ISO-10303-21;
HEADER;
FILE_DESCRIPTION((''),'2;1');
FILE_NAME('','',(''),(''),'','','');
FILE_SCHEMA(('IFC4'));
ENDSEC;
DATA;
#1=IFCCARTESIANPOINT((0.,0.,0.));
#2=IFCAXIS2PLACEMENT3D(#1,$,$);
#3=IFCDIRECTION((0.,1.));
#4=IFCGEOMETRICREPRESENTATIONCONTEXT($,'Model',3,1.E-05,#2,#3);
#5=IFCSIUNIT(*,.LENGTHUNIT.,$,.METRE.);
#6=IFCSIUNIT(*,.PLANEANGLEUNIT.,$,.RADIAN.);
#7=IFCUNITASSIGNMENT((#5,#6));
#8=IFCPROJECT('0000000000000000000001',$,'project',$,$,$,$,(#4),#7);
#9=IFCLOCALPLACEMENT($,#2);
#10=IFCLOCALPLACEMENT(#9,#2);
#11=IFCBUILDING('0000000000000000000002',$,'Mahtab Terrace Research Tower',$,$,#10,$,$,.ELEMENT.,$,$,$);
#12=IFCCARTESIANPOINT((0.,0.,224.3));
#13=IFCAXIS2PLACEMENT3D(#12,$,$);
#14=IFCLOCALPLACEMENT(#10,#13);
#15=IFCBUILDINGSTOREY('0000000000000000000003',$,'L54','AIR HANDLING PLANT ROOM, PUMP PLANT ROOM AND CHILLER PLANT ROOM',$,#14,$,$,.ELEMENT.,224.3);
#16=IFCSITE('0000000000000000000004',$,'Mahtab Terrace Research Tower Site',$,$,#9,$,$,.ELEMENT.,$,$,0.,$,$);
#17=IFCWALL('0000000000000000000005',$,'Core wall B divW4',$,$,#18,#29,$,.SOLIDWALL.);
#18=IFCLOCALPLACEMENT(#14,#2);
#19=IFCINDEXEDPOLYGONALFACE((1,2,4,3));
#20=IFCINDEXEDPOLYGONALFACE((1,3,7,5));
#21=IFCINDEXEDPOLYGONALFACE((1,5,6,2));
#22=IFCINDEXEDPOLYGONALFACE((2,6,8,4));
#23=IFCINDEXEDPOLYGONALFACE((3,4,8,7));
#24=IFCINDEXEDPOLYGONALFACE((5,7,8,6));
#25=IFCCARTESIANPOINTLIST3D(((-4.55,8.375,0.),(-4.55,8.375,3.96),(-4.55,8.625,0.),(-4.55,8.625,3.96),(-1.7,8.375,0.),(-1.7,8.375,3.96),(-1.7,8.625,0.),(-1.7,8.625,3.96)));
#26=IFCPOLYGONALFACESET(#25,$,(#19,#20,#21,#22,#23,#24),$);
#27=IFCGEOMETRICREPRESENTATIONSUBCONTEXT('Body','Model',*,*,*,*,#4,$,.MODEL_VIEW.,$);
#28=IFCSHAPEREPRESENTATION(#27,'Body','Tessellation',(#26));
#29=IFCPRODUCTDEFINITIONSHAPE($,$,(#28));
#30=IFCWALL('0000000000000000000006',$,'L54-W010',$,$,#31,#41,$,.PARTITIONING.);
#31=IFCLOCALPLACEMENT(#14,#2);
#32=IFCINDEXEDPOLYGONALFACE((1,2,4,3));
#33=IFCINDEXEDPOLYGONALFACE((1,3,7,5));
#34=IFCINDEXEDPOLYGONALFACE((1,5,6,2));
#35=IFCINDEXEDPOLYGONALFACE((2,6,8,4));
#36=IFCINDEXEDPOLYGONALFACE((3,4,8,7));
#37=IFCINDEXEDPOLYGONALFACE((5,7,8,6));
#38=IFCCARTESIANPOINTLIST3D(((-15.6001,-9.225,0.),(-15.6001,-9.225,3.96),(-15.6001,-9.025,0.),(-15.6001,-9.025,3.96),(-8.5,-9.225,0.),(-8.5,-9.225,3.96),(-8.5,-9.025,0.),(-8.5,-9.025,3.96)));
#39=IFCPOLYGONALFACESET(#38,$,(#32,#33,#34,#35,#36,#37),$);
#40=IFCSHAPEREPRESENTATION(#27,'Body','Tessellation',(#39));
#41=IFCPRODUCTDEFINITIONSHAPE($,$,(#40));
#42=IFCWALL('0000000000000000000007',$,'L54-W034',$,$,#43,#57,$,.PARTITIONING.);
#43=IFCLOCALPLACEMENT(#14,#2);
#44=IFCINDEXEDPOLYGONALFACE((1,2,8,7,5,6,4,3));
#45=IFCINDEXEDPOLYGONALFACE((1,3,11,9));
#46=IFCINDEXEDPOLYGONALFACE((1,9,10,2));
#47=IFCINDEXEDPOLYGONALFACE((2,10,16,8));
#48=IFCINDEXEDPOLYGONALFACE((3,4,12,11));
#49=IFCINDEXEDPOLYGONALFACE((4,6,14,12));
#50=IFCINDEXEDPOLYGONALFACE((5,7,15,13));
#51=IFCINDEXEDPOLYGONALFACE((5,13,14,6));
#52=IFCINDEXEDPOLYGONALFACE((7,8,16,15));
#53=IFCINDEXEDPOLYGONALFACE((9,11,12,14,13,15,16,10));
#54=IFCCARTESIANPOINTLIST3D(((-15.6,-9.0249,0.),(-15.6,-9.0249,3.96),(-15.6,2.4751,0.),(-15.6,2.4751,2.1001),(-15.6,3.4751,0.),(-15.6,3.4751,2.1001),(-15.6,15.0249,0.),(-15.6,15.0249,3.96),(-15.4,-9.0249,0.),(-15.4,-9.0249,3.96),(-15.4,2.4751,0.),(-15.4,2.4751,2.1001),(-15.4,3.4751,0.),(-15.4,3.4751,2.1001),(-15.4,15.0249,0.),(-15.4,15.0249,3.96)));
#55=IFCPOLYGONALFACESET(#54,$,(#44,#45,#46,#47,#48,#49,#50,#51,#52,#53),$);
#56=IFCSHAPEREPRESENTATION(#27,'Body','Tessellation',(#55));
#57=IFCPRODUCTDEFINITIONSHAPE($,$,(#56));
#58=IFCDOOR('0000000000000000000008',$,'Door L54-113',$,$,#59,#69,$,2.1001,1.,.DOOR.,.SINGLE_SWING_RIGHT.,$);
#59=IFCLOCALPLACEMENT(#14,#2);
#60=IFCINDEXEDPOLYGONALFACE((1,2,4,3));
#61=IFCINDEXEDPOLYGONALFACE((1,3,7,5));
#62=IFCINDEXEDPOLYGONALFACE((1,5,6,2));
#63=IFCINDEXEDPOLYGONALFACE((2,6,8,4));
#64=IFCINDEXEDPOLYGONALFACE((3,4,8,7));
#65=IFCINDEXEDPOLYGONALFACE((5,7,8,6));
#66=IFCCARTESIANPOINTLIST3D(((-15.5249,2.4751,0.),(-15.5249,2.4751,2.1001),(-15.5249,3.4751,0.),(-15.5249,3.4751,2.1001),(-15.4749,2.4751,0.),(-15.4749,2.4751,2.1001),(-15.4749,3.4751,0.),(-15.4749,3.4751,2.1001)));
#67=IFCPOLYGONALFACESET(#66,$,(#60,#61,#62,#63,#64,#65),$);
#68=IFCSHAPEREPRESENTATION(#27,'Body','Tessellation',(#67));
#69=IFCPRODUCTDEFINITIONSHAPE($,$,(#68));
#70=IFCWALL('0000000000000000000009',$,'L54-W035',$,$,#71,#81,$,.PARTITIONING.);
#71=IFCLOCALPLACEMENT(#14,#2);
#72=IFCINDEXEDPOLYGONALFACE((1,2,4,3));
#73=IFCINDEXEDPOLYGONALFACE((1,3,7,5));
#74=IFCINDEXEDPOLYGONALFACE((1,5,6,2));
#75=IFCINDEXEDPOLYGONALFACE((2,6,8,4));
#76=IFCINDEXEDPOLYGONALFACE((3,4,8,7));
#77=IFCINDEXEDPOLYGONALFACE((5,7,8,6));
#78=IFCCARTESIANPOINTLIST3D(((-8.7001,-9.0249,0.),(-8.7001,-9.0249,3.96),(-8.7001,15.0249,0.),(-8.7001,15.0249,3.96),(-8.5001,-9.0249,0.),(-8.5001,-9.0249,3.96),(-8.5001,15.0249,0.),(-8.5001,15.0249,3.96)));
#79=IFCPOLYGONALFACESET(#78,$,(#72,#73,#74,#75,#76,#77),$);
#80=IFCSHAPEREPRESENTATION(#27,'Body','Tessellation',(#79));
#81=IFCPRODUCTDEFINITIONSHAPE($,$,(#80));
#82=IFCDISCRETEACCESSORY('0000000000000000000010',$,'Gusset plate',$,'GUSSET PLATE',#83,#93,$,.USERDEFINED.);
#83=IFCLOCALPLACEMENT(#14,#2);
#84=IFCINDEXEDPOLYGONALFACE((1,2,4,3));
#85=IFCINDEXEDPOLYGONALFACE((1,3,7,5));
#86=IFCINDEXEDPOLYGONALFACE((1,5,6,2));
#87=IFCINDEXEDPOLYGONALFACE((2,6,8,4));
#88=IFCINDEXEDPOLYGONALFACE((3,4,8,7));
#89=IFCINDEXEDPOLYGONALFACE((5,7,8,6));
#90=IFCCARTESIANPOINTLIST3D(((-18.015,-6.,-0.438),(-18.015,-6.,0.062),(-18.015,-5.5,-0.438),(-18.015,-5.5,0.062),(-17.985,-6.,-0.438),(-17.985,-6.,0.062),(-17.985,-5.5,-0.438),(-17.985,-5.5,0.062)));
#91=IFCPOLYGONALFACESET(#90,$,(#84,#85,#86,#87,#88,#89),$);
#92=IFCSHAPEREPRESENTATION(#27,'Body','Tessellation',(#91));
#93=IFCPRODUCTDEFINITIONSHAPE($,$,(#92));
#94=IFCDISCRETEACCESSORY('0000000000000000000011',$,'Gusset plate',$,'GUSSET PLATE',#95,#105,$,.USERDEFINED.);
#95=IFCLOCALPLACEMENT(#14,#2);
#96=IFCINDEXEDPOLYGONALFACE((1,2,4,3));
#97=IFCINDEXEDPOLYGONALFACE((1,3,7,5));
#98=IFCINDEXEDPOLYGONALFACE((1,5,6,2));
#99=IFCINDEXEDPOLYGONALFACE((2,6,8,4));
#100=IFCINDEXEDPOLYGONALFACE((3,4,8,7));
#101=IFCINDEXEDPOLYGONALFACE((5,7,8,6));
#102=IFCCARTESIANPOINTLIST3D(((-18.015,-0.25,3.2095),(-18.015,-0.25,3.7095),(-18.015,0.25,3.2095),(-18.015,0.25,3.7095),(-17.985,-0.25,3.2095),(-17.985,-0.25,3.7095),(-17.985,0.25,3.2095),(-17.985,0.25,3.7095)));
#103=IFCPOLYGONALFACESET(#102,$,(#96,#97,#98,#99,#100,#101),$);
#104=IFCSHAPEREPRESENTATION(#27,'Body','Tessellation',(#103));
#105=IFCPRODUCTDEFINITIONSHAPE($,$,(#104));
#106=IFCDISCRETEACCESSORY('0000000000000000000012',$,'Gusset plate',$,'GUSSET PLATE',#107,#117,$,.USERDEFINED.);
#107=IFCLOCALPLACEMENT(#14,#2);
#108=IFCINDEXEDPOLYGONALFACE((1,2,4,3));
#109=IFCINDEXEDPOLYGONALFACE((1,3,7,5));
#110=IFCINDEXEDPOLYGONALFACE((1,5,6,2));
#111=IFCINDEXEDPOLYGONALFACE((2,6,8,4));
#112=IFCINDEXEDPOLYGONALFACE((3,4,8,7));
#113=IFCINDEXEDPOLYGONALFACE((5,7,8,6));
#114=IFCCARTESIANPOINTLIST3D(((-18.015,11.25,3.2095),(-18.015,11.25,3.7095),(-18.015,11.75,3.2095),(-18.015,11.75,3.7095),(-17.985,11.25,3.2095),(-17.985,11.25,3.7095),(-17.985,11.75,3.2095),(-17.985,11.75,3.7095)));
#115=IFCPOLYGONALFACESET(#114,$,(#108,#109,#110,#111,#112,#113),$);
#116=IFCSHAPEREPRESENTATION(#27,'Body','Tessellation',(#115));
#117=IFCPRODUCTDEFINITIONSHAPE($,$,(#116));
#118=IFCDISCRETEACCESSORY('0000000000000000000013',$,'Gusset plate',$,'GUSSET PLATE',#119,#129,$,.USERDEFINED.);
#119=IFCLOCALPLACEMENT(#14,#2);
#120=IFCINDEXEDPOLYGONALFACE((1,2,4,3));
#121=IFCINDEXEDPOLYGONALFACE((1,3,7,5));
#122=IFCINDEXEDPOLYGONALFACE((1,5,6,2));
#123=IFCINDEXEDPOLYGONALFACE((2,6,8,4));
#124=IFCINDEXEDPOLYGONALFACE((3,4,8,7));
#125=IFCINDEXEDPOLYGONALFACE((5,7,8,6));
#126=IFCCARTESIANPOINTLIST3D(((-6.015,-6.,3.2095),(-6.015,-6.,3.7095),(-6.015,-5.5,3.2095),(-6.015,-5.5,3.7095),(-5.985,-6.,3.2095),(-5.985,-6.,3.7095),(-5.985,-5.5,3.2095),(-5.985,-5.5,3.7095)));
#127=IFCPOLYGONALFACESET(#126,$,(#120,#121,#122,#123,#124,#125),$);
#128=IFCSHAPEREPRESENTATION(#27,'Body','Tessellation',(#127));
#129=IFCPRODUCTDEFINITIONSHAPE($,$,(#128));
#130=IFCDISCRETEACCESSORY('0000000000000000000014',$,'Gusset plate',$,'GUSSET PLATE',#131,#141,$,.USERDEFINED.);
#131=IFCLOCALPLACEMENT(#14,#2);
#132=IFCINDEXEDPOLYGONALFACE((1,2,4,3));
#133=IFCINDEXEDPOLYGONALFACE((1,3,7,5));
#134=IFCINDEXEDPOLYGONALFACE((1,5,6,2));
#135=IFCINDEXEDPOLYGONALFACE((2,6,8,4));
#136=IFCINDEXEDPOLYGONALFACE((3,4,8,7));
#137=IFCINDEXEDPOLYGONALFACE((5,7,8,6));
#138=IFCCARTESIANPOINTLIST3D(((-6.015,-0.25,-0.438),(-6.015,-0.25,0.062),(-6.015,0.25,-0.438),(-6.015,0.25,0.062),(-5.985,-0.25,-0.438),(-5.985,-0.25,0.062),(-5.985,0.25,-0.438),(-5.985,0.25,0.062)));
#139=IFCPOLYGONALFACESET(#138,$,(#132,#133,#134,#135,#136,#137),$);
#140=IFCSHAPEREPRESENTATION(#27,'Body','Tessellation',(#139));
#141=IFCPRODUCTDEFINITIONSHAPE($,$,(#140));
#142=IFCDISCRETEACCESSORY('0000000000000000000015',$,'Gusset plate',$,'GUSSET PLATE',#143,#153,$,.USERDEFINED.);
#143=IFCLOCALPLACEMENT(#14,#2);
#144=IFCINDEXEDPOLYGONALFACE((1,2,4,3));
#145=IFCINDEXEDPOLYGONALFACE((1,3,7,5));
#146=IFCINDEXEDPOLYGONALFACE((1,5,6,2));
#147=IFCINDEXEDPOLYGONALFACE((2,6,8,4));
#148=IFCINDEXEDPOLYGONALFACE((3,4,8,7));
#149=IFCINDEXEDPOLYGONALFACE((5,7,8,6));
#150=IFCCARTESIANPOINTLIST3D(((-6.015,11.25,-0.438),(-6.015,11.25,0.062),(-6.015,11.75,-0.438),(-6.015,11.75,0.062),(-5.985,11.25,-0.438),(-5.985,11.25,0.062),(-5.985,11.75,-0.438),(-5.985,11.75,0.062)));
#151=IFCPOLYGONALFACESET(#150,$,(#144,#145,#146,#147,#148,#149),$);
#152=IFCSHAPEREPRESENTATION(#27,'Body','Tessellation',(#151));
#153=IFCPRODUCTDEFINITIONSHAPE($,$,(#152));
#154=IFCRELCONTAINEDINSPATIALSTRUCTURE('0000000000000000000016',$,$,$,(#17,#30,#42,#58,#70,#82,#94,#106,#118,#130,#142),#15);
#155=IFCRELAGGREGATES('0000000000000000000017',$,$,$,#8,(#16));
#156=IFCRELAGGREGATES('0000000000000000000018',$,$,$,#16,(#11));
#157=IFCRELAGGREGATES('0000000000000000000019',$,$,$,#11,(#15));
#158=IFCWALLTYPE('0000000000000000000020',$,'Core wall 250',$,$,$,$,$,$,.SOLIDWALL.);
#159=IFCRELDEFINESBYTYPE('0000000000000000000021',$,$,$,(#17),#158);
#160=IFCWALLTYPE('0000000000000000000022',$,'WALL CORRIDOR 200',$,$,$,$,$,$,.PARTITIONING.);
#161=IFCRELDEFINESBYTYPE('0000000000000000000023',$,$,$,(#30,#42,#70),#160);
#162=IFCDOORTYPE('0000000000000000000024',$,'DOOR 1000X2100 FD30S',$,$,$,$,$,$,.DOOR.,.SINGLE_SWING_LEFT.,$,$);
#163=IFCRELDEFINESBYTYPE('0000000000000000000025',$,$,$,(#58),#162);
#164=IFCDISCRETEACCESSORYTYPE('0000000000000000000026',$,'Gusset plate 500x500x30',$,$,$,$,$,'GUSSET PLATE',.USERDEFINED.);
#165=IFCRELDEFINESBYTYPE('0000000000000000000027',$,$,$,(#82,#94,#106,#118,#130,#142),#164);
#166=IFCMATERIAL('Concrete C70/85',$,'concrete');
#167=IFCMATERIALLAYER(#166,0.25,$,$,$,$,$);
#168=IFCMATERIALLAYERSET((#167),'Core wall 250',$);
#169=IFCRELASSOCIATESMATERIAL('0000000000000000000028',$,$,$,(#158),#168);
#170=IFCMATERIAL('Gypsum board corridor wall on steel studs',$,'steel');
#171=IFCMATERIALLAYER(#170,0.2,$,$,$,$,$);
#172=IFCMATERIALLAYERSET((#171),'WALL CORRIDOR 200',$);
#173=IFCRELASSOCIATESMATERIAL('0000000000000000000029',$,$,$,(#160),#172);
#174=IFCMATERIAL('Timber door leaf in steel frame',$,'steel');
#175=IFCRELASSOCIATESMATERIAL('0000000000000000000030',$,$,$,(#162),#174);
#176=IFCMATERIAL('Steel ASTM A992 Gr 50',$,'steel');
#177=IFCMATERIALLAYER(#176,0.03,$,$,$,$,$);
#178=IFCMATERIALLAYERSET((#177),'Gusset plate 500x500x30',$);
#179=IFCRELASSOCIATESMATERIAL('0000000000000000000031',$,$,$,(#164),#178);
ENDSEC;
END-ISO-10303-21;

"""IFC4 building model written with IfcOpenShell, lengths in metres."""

from ifc_helpers import new_model, si_unit, direction, frame, frame_2d, origin, origin_2d, place, context, subcontext, project, spatial, rectangle, extrude, material, layer, layer_set, type_object, element, fill, save


model = new_model("IFC4")

# Units and contexts
model_context = context("Model", 3, precision=1e-05, world=origin(), true_north=direction((0.0, 1.0)))
body_context = subcontext(model_context, "Body", "Model", "MODEL_VIEW")
ifc_project = project(units=[si_unit("LENGTHUNIT", "METRE"), si_unit("PLANEANGLEUNIT", "RADIAN")], contexts=[model_context])

# Site, building, storey
site_placement = place(None, origin())
site = spatial("IfcSite", under=ifc_project, at=site_placement, Name="Mahtab Terrace Research Tower Site", CompositionType="ELEMENT", RefElevation=0.0)
building_placement = place(site_placement, origin())
building = spatial("IfcBuilding", under=site, at=building_placement, Name="Mahtab Terrace Research Tower", CompositionType="ELEMENT")
storey_placement = place(building_placement, frame((0.0, 0.0, 224.3)))
storey = spatial("IfcBuildingStorey", under=building, at=storey_placement, Name="L54", Description="AIR HANDLING PLANT ROOM, PUMP PLANT ROOM AND CHILLER PLANT ROOM", CompositionType="ELEMENT", Elevation=224.3)

# Shared definitions
ifc_material_1 = material(Name="Concrete C70/85", Category="concrete")

# Shared definitions
ifc_material_2 = material(Name="Steel ASTM A992 Gr 50", Category="steel")

# Shared definitions
ifc_layer_1 = layer(ifc_material_1, 0.25)
ifc_layer_set_1 = layer_set([ifc_layer_1], Name="Core wall 250")
wall_type_1 = type_object("IfcWallType", Name="Core wall 250", PredefinedType="SOLIDWALL", material=ifc_layer_set_1)

# Walls
for number, where, z_axis, x_axis, name in (
    (1, (-4.55, 8.5, 0.0), (0.0, 0.0, 1.0), (1.0, 0.0, 0.0), "Core wall B divW4"),
):
    element("IfcWall", number, at=place(storey_placement, frame(where, z_axis=z_axis, x_axis=x_axis)), inside=storey, type_object=wall_type_1, Name=name, PredefinedType="SOLIDWALL", context=body_context, shape_type="SweptSolid", body=[
        extrude(rectangle(XDim=2.8501, YDim=0.25, at=frame_2d((1.425, 0.0))), origin(), (0.0, 0.0, 1.0), 3.96),
    ])
ifc_material_3 = material(Name="Gypsum board corridor wall on steel studs", Category="steel")
ifc_layer_2 = layer(ifc_material_3, 0.2)
ifc_layer_set_2 = layer_set([ifc_layer_2], Name="WALL CORRIDOR 200")
wall_type_2 = type_object("IfcWallType", Name="WALL CORRIDOR 200", PredefinedType="PARTITIONING", material=ifc_layer_set_2)
wall_1_placement = place(storey_placement, frame((-15.6001, -9.125, 0.0), z_axis=(0.0, 0.0, 1.0), x_axis=(1.0, 0.0, 0.0)))
element("IfcWall", 2, at=wall_1_placement, inside=storey, type_object=wall_type_2, Name="L54-W010", PredefinedType="PARTITIONING", context=body_context, shape_type="SweptSolid", body=[
    extrude(rectangle(XDim=7.1001, YDim=0.2, at=frame_2d((3.55, 0.0))), origin(), (0.0, 0.0, 1.0), 3.96),
])

# Wall, opening, door
wall_2_placement = place(storey_placement, frame((-15.5, -9.0249, 0.0), z_axis=(0.0, 0.0, 1.0), x_axis=(0.0, 1.0, 0.0)))
wall_2 = element("IfcWall", 3, at=wall_2_placement, inside=storey, type_object=wall_type_2, Name="L54-W034", PredefinedType="PARTITIONING", context=body_context, shape_type="SweptSolid", body=[
    extrude(rectangle(XDim=24.0498, YDim=0.2, at=frame_2d((12.0249, 0.0))), origin(), (0.0, 0.0, 1.0), 3.96),
])
opening_1_placement = place(wall_2_placement, frame((11.5, 0.0, 0.0)))
opening_1 = element("IfcOpeningElement", 4, at=opening_1_placement, cuts=wall_2, PredefinedType="OPENING", context=body_context, shape_type="SweptSolid", body=[
    extrude(rectangle(XDim=1.0, YDim=2.1001, at=frame_2d((0.5, 1.05))), frame((0.0, 0.1099, 0.0), z_axis=(0.0, -1.0, 0.0), x_axis=(1.0, 0.0, 0.0)), (0.0, 0.0, 1.0), 0.22),
])
ifc_material_4 = material(Name="Timber door leaf in steel frame", Category="steel")
door_type_1 = type_object("IfcDoorType", Name="DOOR 1000X2100 FD30S", OperationType="SINGLE_SWING_LEFT", PredefinedType="DOOR", material=ifc_material_4)
door_1_placement = place(opening_1_placement, origin())
door_1 = element("IfcDoor", 5, at=door_1_placement, inside=storey, type_object=door_type_1, Name="Door L54-113", OperationType="SINGLE_SWING_RIGHT", OverallHeight=2.1001, OverallWidth=1.0, PredefinedType="DOOR", context=body_context, shape_type="SweptSolid", body=[
    extrude(rectangle(XDim=1.0, YDim=2.1001, at=frame_2d((0.5, 1.05))), frame((0.0, 0.0249, 0.0), z_axis=(0.0, -1.0, 0.0), x_axis=(1.0, 0.0, 0.0)), (0.0, 0.0, 1.0), 0.05),
])
fill(opening_1, door_1)

# Wall
wall_3_placement = place(storey_placement, frame((-8.6001, -9.0249, 0.0), z_axis=(0.0, 0.0, 1.0), x_axis=(0.0, 1.0, 0.0)))
element("IfcWall", 6, at=wall_3_placement, inside=storey, type_object=wall_type_2, Name="L54-W035", PredefinedType="PARTITIONING", context=body_context, shape_type="SweptSolid", body=[
    extrude(rectangle(XDim=24.0498, YDim=0.2, at=frame_2d((12.0249, 0.0))), origin(), (0.0, 0.0, 1.0), 3.96),
])

# Discrete accessories
ifc_layer_3 = layer(ifc_material_2, 0.03)
ifc_layer_set_3 = layer_set([ifc_layer_3], Name="Gusset plate 500x500x30")
discrete_accessory_type = type_object("IfcDiscreteAccessoryType", Name="Gusset plate 500x500x30", ElementType="GUSSET PLATE", PredefinedType="USERDEFINED", material=ifc_layer_set_3)
for number, where, z_axis, x_axis, name in (
    (7, (-18.0, -5.75, -0.438), (0.0, 0.0, 1.0), (0.0, 1.0, 0.0), "Gusset plate"),
    (8, (-18.0, 0.0, 3.2095), (0.0, 0.0, 1.0), (0.0, 1.0, 0.0), "Gusset plate"),
    (9, (-18.0, 11.5, 3.2095), (0.0, 0.0, 1.0), (0.0, 1.0, 0.0), "Gusset plate"),
    (10, (-6.0, -5.75, 3.2095), (0.0, 0.0, 1.0), (0.0, 1.0, 0.0), "Gusset plate"),
    (11, (-6.0, 0.0, -0.438), (0.0, 0.0, 1.0), (0.0, 1.0, 0.0), "Gusset plate"),
    (12, (-6.0, 11.5, -0.438), (0.0, 0.0, 1.0), (0.0, 1.0, 0.0), "Gusset plate"),
):
    element("IfcDiscreteAccessory", number, at=place(storey_placement, frame(where, z_axis=z_axis, x_axis=x_axis)), inside=storey, type_object=discrete_accessory_type, Name=name, ObjectType="GUSSET PLATE", PredefinedType="USERDEFINED", context=body_context, shape_type="SweptSolid", body=[
        extrude(rectangle(XDim=0.5, YDim=0.03, at=origin_2d()), origin(), (0.0, 0.0, 1.0), 0.5),
    ])

save(model, "model.ifc")
